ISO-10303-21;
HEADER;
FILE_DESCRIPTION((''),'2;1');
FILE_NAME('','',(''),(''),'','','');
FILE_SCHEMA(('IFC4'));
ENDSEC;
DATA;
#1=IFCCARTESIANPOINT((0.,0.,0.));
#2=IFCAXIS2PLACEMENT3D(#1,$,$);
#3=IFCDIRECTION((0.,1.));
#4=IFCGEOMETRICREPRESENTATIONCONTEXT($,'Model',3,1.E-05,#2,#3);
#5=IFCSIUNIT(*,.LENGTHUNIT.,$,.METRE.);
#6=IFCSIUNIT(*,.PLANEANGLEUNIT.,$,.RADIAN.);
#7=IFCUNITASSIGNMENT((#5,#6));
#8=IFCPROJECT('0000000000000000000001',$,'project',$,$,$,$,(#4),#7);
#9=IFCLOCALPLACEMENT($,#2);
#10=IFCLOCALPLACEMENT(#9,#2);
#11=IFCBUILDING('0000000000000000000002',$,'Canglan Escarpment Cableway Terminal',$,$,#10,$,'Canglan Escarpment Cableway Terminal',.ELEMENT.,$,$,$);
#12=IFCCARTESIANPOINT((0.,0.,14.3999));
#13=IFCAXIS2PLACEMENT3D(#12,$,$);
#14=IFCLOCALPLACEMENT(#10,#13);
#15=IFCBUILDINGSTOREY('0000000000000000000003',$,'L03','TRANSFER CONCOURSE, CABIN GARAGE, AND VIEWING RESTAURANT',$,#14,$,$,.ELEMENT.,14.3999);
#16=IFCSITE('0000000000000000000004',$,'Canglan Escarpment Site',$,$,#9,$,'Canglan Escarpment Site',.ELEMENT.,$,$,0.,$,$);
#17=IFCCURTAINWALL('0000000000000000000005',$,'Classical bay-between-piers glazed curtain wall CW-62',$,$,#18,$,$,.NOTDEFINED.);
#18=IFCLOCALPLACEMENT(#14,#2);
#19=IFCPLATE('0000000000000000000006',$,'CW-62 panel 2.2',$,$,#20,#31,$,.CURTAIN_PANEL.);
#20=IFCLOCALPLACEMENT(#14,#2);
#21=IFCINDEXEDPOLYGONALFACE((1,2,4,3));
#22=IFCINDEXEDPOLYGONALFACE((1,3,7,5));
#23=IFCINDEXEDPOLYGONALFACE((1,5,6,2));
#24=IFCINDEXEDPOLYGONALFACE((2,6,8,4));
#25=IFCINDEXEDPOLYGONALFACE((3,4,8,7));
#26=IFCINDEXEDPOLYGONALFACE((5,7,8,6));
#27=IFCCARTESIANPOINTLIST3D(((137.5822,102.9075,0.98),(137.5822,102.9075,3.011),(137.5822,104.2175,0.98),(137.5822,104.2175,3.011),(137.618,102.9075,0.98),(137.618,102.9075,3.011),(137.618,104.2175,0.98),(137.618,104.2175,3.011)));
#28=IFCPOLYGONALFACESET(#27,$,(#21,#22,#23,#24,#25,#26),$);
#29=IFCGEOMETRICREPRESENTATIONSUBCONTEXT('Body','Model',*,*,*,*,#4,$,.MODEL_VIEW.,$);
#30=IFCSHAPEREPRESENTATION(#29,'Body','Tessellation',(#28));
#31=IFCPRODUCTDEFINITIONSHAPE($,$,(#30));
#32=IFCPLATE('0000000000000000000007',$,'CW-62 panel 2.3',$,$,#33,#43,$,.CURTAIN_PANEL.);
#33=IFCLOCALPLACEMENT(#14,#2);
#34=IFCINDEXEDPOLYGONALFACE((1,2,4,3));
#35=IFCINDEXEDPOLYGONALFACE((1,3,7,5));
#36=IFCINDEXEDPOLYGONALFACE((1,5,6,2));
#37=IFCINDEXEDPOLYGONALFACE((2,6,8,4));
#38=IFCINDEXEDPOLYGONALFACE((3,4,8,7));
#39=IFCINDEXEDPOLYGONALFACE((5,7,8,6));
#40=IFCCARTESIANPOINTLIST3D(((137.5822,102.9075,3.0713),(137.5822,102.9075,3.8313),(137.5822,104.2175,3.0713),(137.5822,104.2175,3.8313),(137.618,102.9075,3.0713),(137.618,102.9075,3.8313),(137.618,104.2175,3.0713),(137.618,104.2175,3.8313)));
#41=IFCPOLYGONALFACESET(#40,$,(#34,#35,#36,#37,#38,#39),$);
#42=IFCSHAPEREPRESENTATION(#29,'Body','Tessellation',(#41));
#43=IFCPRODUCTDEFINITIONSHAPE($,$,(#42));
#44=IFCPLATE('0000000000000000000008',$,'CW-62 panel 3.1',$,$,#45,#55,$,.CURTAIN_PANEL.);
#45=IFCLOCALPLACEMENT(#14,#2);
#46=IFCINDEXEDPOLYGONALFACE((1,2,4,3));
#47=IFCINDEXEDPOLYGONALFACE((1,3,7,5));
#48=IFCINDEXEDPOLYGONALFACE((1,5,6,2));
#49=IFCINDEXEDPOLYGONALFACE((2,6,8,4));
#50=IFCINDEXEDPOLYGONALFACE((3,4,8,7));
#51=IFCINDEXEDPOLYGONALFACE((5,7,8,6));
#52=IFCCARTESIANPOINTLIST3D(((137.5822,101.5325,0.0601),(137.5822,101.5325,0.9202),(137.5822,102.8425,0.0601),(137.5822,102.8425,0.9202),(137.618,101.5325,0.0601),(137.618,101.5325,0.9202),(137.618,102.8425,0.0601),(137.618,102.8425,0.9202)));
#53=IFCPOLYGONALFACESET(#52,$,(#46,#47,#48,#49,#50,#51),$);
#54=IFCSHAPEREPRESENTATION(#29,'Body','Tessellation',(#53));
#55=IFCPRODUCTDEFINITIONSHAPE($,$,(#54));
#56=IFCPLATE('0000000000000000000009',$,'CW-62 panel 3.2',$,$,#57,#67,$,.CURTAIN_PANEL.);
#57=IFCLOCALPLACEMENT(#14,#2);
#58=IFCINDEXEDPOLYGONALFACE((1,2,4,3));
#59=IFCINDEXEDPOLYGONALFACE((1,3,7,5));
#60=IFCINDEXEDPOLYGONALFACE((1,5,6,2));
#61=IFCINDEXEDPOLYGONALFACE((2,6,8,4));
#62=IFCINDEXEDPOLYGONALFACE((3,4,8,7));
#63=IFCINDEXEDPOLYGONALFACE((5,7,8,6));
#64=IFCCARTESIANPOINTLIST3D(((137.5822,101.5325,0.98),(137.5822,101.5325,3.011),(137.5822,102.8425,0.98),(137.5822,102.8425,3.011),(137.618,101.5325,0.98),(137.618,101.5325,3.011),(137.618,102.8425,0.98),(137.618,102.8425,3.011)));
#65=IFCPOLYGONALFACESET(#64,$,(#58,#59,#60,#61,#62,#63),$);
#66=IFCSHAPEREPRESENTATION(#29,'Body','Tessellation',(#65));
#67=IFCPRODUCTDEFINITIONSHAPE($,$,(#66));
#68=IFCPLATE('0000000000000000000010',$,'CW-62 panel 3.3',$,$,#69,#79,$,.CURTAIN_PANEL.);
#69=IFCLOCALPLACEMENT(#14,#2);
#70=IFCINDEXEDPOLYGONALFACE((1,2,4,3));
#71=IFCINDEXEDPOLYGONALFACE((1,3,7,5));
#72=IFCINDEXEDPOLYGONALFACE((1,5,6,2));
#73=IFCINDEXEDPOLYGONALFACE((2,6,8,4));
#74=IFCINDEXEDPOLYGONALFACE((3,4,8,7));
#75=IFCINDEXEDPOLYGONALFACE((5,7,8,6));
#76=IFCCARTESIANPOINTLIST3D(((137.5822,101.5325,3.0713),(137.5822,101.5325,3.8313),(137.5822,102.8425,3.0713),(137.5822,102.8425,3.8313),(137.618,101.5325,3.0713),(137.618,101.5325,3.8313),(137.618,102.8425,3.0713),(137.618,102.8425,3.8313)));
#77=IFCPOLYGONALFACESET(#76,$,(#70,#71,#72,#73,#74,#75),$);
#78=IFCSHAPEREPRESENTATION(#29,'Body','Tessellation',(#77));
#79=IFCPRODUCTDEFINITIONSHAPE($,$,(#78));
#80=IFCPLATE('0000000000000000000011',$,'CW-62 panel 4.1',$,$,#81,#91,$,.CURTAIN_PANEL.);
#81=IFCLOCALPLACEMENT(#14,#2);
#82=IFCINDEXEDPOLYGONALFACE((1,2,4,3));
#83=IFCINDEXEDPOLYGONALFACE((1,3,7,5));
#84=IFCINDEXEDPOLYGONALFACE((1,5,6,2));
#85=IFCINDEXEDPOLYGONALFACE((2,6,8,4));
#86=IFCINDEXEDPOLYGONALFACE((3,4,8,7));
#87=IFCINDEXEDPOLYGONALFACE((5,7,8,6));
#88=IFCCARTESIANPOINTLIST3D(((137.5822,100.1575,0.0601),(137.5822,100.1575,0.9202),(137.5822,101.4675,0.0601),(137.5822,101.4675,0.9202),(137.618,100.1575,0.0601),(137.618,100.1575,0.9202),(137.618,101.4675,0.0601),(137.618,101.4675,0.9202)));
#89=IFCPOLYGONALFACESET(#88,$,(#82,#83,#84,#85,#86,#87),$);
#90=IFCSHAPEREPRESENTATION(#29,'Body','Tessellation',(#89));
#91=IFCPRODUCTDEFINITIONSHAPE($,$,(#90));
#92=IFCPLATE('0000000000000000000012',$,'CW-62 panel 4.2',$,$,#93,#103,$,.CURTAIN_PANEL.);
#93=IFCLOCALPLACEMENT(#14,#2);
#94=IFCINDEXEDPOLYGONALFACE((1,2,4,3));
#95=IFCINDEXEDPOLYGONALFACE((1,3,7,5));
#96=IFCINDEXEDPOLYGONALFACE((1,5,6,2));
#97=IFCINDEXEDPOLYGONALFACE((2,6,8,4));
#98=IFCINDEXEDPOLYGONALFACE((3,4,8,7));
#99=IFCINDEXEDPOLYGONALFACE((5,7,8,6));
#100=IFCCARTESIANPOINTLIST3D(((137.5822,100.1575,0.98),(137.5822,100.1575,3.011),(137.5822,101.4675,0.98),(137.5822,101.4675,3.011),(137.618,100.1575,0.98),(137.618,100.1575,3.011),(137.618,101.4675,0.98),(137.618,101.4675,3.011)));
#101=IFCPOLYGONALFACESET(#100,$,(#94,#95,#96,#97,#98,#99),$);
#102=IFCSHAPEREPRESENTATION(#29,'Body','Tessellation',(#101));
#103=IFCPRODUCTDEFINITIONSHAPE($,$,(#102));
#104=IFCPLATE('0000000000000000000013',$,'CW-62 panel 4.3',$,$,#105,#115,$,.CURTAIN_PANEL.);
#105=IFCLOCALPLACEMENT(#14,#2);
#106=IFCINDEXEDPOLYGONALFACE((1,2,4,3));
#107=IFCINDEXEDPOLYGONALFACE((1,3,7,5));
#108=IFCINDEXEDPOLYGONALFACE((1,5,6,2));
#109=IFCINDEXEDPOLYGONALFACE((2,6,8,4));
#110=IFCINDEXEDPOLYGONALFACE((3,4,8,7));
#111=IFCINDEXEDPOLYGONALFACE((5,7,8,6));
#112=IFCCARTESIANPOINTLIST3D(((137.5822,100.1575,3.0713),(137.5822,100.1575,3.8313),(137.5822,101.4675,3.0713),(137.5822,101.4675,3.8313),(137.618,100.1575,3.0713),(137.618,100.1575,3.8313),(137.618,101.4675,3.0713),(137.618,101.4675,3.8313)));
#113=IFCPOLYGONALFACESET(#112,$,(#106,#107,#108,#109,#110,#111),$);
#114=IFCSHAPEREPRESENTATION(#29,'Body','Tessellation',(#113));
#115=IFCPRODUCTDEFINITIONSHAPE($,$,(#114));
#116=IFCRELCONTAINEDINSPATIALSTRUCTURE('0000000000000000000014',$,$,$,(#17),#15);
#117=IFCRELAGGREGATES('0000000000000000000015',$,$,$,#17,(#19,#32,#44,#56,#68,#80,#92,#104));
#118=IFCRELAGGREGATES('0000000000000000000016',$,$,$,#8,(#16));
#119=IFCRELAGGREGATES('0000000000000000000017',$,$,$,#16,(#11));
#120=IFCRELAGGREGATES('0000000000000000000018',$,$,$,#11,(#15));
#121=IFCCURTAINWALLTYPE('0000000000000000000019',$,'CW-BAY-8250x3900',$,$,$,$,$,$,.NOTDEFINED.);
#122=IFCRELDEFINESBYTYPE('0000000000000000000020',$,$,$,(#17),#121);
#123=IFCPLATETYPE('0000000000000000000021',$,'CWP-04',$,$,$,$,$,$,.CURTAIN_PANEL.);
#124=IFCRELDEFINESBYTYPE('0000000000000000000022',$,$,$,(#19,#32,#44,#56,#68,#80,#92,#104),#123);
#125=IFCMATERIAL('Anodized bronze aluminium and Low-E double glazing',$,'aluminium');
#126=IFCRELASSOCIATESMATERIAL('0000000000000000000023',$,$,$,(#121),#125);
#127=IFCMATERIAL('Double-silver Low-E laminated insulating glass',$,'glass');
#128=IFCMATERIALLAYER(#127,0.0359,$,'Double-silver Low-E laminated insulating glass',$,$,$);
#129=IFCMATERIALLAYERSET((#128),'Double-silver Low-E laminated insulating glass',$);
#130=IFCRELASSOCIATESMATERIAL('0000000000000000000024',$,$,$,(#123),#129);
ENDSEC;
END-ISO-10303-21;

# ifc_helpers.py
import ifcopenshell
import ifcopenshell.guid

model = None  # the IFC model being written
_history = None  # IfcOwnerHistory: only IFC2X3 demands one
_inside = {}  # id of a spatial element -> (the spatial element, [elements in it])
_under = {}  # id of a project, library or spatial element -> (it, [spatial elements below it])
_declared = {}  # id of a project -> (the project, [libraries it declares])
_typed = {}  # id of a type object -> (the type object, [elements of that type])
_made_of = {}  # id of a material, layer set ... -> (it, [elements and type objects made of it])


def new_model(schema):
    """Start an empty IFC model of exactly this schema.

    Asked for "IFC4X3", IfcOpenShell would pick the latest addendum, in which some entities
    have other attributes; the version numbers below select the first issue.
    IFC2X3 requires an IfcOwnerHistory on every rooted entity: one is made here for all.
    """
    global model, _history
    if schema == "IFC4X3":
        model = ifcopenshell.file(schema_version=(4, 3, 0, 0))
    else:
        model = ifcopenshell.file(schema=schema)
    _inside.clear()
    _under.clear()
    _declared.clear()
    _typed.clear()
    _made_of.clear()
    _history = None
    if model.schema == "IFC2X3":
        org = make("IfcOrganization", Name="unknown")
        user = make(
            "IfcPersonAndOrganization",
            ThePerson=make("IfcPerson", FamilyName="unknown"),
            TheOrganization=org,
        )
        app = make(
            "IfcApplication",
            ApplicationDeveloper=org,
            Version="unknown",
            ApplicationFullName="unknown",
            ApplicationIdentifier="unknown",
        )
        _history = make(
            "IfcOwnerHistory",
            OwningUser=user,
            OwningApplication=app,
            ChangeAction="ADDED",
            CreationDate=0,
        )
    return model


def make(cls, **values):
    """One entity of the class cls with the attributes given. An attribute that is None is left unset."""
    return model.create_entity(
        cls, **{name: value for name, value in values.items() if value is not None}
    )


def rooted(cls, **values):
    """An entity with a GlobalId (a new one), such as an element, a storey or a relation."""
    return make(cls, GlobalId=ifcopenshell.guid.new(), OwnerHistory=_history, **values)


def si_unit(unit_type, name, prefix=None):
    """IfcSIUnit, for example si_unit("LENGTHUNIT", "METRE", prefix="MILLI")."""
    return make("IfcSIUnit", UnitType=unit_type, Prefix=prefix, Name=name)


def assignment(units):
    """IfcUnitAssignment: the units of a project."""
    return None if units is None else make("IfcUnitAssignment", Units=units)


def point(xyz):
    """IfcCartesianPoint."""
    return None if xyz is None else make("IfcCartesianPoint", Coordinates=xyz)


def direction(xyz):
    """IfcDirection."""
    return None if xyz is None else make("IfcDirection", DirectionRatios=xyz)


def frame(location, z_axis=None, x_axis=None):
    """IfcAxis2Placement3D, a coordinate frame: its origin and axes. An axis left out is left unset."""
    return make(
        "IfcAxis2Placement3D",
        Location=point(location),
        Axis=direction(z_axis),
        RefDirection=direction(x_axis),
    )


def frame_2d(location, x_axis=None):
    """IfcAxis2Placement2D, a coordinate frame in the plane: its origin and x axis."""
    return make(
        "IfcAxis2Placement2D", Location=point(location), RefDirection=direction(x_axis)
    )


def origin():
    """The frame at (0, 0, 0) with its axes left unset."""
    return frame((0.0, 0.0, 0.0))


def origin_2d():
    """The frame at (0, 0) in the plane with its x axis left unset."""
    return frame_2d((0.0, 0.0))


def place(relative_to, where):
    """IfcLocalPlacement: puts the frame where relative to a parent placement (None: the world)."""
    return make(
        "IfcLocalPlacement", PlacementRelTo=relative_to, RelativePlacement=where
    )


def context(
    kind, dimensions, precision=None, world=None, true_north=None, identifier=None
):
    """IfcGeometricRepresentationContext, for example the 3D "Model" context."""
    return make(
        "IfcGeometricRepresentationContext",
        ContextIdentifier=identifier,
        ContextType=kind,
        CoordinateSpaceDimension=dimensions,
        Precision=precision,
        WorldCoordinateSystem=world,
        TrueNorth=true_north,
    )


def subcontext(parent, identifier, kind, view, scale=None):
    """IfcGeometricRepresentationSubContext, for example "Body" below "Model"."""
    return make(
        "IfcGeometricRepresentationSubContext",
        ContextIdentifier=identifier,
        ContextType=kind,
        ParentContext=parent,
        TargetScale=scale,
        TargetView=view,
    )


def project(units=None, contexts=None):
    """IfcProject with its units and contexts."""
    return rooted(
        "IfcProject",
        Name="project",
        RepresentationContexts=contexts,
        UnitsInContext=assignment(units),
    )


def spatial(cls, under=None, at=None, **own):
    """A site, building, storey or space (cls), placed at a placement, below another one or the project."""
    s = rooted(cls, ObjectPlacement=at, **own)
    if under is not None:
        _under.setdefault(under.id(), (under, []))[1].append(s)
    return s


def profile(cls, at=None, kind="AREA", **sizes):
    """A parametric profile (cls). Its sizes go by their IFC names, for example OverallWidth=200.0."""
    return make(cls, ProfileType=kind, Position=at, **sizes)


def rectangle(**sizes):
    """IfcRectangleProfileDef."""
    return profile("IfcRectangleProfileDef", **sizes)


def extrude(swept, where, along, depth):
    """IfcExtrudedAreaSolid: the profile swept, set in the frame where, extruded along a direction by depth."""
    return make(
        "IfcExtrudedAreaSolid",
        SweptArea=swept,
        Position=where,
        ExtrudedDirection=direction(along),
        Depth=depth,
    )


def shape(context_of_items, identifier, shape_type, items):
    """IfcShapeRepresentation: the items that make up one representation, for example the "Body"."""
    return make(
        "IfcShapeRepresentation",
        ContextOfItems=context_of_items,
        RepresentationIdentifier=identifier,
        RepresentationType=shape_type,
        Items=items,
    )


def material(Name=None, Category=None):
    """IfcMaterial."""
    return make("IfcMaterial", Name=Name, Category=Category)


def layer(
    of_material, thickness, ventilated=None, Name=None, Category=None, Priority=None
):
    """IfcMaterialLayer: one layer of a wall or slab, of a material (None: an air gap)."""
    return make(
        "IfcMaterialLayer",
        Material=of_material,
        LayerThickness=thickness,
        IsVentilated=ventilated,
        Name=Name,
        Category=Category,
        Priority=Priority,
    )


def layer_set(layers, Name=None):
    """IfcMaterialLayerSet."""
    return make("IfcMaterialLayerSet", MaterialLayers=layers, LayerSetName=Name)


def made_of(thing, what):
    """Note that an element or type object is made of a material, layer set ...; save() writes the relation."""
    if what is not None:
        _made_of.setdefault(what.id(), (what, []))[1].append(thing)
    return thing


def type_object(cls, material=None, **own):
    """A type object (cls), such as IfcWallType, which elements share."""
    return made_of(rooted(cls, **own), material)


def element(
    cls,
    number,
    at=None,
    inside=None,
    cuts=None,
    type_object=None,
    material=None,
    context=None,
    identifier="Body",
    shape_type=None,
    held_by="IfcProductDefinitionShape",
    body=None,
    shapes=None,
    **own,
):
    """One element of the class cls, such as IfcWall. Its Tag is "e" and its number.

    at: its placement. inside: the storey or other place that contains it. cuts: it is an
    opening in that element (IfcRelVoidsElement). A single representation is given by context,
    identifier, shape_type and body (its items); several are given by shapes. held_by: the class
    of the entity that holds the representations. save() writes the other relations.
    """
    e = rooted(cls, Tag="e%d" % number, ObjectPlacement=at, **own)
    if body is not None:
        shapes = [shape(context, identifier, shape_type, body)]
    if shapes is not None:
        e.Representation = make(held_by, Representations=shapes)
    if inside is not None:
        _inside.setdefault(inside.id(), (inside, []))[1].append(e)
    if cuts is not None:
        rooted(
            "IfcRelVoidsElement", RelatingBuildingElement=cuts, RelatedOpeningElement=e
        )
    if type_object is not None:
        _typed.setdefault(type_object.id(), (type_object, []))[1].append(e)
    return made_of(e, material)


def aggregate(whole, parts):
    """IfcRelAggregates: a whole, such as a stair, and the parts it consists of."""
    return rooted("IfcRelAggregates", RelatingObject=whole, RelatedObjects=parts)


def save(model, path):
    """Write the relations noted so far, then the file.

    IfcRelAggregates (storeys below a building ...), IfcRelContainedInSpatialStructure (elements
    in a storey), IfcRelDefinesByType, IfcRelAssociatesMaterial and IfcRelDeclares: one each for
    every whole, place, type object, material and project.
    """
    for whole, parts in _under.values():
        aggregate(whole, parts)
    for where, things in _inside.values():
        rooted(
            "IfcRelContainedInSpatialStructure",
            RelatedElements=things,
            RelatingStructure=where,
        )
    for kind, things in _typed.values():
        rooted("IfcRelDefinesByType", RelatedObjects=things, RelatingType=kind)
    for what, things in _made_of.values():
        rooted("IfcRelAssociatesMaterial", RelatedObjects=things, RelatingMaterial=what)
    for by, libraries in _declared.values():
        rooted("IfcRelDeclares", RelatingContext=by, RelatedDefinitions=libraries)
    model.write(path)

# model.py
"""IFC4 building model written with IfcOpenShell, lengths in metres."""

from ifc_helpers import new_model, si_unit, direction, frame, origin, origin_2d, place, context, subcontext, project, spatial, rectangle, extrude, material, layer, layer_set, type_object, element, aggregate, save


model = new_model("IFC4")

# Units and contexts
model_context = context("Model", 3, precision=1e-05, world=origin(), true_north=direction((0.0, 1.0)))
body_context = subcontext(model_context, "Body", "Model", "MODEL_VIEW")
ifc_project = project(units=[si_unit("LENGTHUNIT", "METRE"), si_unit("PLANEANGLEUNIT", "RADIAN")], contexts=[model_context])

# Site, building, storey
site_placement = place(None, origin())
site = spatial("IfcSite", under=ifc_project, at=site_placement, Name="Canglan Escarpment Site", LongName="Canglan Escarpment Site", CompositionType="ELEMENT", RefElevation=0.0)
building_placement = place(site_placement, origin())
building = spatial("IfcBuilding", under=site, at=building_placement, Name="Canglan Escarpment Cableway Terminal", LongName="Canglan Escarpment Cableway Terminal", CompositionType="ELEMENT")
storey_placement = place(building_placement, frame((0.0, 0.0, 14.3999)))
storey = spatial("IfcBuildingStorey", under=building, at=storey_placement, Name="L03", Description="TRANSFER CONCOURSE, CABIN GARAGE, AND VIEWING RESTAURANT", CompositionType="ELEMENT", Elevation=14.3999)

# Curtain wall
ifc_material_1 = material(Name="Anodized bronze aluminium and Low-E double glazing", Category="aluminium")
curtain_wall_type_1 = type_object("IfcCurtainWallType", Name="CW-BAY-8250x3900", PredefinedType="NOTDEFINED", material=ifc_material_1)
curtain_wall_1_placement = place(storey_placement, origin())
curtain_wall_1 = element("IfcCurtainWall", 1, at=curtain_wall_1_placement, inside=storey, type_object=curtain_wall_type_1, Name="Classical bay-between-piers glazed curtain wall CW-62", PredefinedType="NOTDEFINED")

# Plates
ifc_material_2 = material(Name="Double-silver Low-E laminated insulating glass", Category="glass")
ifc_layer_1 = layer(ifc_material_2, 0.0359, Name="Double-silver Low-E laminated insulating glass")
ifc_layer_set_1 = layer_set([ifc_layer_1], Name="Double-silver Low-E laminated insulating glass")
plate_type_1 = type_object("IfcPlateType", Name="CWP-04", PredefinedType="CURTAIN_PANEL", material=ifc_layer_set_1)
plate_1_placement = place(storey_placement, frame((137.6001, 103.5625, 0.98), z_axis=(0.0, 0.0, 1.0), x_axis=(0.0, -1.0, 0.0)))
plate_1 = element("IfcPlate", 2, at=plate_1_placement, type_object=plate_type_1, Name="CW-62 panel 2.2", PredefinedType="CURTAIN_PANEL", context=body_context, shape_type="SweptSolid", body=[
    extrude(rectangle(XDim=1.3101, YDim=0.0359, at=origin_2d()), origin(), (0.0, 0.0, 1.0), 2.031),
])
plate_2_placement = place(storey_placement, frame((137.6001, 103.5625, 3.0713), z_axis=(0.0, 0.0, 1.0), x_axis=(0.0, -1.0, 0.0)))
plate_2 = element("IfcPlate", 3, at=plate_2_placement, type_object=plate_type_1, Name="CW-62 panel 2.3", PredefinedType="CURTAIN_PANEL", context=body_context, shape_type="SweptSolid", body=[
    extrude(rectangle(XDim=1.3101, YDim=0.0359, at=origin_2d()), origin(), (0.0, 0.0, 1.0), 0.76),
])
plate_3_placement = place(storey_placement, frame((137.6001, 102.1875, 0.0601), z_axis=(0.0, 0.0, 1.0), x_axis=(0.0, -1.0, 0.0)))
plate_3 = element("IfcPlate", 4, at=plate_3_placement, type_object=plate_type_1, Name="CW-62 panel 3.1", PredefinedType="CURTAIN_PANEL", context=body_context, shape_type="SweptSolid", body=[
    extrude(rectangle(XDim=1.3101, YDim=0.0359, at=origin_2d()), origin(), (0.0, 0.0, 1.0), 0.8601),
])
plate_4_placement = place(storey_placement, frame((137.6001, 102.1875, 0.98), z_axis=(0.0, 0.0, 1.0), x_axis=(0.0, -1.0, 0.0)))
plate_4 = element("IfcPlate", 5, at=plate_4_placement, type_object=plate_type_1, Name="CW-62 panel 3.2", PredefinedType="CURTAIN_PANEL", context=body_context, shape_type="SweptSolid", body=[
    extrude(rectangle(XDim=1.3101, YDim=0.0359, at=origin_2d()), origin(), (0.0, 0.0, 1.0), 2.031),
])
plate_5_placement = place(storey_placement, frame((137.6001, 102.1875, 3.0713), z_axis=(0.0, 0.0, 1.0), x_axis=(0.0, -1.0, 0.0)))
plate_5 = element("IfcPlate", 6, at=plate_5_placement, type_object=plate_type_1, Name="CW-62 panel 3.3", PredefinedType="CURTAIN_PANEL", context=body_context, shape_type="SweptSolid", body=[
    extrude(rectangle(XDim=1.3101, YDim=0.0359, at=origin_2d()), origin(), (0.0, 0.0, 1.0), 0.76),
])
plate_6_placement = place(storey_placement, frame((137.6001, 100.8125, 0.0601), z_axis=(0.0, 0.0, 1.0), x_axis=(0.0, -1.0, 0.0)))
plate_6 = element("IfcPlate", 7, at=plate_6_placement, type_object=plate_type_1, Name="CW-62 panel 4.1", PredefinedType="CURTAIN_PANEL", context=body_context, shape_type="SweptSolid", body=[
    extrude(rectangle(XDim=1.3101, YDim=0.0359, at=origin_2d()), origin(), (0.0, 0.0, 1.0), 0.8601),
])
plate_7_placement = place(storey_placement, frame((137.6001, 100.8125, 0.98), z_axis=(0.0, 0.0, 1.0), x_axis=(0.0, -1.0, 0.0)))
plate_7 = element("IfcPlate", 8, at=plate_7_placement, type_object=plate_type_1, Name="CW-62 panel 4.2", PredefinedType="CURTAIN_PANEL", context=body_context, shape_type="SweptSolid", body=[
    extrude(rectangle(XDim=1.3101, YDim=0.0359, at=origin_2d()), origin(), (0.0, 0.0, 1.0), 2.031),
])
plate_8_placement = place(storey_placement, frame((137.6001, 100.8125, 3.0713), z_axis=(0.0, 0.0, 1.0), x_axis=(0.0, -1.0, 0.0)))
plate_8 = element("IfcPlate", 9, at=plate_8_placement, type_object=plate_type_1, Name="CW-62 panel 4.3", PredefinedType="CURTAIN_PANEL", context=body_context, shape_type="SweptSolid", body=[
    extrude(rectangle(XDim=1.3101, YDim=0.0359, at=origin_2d()), origin(), (0.0, 0.0, 1.0), 0.76),
])
aggregate(curtain_wall_1, [plate_1, plate_2, plate_3, plate_4, plate_5, plate_6, plate_7, plate_8])

save(model, "model.ifc")
